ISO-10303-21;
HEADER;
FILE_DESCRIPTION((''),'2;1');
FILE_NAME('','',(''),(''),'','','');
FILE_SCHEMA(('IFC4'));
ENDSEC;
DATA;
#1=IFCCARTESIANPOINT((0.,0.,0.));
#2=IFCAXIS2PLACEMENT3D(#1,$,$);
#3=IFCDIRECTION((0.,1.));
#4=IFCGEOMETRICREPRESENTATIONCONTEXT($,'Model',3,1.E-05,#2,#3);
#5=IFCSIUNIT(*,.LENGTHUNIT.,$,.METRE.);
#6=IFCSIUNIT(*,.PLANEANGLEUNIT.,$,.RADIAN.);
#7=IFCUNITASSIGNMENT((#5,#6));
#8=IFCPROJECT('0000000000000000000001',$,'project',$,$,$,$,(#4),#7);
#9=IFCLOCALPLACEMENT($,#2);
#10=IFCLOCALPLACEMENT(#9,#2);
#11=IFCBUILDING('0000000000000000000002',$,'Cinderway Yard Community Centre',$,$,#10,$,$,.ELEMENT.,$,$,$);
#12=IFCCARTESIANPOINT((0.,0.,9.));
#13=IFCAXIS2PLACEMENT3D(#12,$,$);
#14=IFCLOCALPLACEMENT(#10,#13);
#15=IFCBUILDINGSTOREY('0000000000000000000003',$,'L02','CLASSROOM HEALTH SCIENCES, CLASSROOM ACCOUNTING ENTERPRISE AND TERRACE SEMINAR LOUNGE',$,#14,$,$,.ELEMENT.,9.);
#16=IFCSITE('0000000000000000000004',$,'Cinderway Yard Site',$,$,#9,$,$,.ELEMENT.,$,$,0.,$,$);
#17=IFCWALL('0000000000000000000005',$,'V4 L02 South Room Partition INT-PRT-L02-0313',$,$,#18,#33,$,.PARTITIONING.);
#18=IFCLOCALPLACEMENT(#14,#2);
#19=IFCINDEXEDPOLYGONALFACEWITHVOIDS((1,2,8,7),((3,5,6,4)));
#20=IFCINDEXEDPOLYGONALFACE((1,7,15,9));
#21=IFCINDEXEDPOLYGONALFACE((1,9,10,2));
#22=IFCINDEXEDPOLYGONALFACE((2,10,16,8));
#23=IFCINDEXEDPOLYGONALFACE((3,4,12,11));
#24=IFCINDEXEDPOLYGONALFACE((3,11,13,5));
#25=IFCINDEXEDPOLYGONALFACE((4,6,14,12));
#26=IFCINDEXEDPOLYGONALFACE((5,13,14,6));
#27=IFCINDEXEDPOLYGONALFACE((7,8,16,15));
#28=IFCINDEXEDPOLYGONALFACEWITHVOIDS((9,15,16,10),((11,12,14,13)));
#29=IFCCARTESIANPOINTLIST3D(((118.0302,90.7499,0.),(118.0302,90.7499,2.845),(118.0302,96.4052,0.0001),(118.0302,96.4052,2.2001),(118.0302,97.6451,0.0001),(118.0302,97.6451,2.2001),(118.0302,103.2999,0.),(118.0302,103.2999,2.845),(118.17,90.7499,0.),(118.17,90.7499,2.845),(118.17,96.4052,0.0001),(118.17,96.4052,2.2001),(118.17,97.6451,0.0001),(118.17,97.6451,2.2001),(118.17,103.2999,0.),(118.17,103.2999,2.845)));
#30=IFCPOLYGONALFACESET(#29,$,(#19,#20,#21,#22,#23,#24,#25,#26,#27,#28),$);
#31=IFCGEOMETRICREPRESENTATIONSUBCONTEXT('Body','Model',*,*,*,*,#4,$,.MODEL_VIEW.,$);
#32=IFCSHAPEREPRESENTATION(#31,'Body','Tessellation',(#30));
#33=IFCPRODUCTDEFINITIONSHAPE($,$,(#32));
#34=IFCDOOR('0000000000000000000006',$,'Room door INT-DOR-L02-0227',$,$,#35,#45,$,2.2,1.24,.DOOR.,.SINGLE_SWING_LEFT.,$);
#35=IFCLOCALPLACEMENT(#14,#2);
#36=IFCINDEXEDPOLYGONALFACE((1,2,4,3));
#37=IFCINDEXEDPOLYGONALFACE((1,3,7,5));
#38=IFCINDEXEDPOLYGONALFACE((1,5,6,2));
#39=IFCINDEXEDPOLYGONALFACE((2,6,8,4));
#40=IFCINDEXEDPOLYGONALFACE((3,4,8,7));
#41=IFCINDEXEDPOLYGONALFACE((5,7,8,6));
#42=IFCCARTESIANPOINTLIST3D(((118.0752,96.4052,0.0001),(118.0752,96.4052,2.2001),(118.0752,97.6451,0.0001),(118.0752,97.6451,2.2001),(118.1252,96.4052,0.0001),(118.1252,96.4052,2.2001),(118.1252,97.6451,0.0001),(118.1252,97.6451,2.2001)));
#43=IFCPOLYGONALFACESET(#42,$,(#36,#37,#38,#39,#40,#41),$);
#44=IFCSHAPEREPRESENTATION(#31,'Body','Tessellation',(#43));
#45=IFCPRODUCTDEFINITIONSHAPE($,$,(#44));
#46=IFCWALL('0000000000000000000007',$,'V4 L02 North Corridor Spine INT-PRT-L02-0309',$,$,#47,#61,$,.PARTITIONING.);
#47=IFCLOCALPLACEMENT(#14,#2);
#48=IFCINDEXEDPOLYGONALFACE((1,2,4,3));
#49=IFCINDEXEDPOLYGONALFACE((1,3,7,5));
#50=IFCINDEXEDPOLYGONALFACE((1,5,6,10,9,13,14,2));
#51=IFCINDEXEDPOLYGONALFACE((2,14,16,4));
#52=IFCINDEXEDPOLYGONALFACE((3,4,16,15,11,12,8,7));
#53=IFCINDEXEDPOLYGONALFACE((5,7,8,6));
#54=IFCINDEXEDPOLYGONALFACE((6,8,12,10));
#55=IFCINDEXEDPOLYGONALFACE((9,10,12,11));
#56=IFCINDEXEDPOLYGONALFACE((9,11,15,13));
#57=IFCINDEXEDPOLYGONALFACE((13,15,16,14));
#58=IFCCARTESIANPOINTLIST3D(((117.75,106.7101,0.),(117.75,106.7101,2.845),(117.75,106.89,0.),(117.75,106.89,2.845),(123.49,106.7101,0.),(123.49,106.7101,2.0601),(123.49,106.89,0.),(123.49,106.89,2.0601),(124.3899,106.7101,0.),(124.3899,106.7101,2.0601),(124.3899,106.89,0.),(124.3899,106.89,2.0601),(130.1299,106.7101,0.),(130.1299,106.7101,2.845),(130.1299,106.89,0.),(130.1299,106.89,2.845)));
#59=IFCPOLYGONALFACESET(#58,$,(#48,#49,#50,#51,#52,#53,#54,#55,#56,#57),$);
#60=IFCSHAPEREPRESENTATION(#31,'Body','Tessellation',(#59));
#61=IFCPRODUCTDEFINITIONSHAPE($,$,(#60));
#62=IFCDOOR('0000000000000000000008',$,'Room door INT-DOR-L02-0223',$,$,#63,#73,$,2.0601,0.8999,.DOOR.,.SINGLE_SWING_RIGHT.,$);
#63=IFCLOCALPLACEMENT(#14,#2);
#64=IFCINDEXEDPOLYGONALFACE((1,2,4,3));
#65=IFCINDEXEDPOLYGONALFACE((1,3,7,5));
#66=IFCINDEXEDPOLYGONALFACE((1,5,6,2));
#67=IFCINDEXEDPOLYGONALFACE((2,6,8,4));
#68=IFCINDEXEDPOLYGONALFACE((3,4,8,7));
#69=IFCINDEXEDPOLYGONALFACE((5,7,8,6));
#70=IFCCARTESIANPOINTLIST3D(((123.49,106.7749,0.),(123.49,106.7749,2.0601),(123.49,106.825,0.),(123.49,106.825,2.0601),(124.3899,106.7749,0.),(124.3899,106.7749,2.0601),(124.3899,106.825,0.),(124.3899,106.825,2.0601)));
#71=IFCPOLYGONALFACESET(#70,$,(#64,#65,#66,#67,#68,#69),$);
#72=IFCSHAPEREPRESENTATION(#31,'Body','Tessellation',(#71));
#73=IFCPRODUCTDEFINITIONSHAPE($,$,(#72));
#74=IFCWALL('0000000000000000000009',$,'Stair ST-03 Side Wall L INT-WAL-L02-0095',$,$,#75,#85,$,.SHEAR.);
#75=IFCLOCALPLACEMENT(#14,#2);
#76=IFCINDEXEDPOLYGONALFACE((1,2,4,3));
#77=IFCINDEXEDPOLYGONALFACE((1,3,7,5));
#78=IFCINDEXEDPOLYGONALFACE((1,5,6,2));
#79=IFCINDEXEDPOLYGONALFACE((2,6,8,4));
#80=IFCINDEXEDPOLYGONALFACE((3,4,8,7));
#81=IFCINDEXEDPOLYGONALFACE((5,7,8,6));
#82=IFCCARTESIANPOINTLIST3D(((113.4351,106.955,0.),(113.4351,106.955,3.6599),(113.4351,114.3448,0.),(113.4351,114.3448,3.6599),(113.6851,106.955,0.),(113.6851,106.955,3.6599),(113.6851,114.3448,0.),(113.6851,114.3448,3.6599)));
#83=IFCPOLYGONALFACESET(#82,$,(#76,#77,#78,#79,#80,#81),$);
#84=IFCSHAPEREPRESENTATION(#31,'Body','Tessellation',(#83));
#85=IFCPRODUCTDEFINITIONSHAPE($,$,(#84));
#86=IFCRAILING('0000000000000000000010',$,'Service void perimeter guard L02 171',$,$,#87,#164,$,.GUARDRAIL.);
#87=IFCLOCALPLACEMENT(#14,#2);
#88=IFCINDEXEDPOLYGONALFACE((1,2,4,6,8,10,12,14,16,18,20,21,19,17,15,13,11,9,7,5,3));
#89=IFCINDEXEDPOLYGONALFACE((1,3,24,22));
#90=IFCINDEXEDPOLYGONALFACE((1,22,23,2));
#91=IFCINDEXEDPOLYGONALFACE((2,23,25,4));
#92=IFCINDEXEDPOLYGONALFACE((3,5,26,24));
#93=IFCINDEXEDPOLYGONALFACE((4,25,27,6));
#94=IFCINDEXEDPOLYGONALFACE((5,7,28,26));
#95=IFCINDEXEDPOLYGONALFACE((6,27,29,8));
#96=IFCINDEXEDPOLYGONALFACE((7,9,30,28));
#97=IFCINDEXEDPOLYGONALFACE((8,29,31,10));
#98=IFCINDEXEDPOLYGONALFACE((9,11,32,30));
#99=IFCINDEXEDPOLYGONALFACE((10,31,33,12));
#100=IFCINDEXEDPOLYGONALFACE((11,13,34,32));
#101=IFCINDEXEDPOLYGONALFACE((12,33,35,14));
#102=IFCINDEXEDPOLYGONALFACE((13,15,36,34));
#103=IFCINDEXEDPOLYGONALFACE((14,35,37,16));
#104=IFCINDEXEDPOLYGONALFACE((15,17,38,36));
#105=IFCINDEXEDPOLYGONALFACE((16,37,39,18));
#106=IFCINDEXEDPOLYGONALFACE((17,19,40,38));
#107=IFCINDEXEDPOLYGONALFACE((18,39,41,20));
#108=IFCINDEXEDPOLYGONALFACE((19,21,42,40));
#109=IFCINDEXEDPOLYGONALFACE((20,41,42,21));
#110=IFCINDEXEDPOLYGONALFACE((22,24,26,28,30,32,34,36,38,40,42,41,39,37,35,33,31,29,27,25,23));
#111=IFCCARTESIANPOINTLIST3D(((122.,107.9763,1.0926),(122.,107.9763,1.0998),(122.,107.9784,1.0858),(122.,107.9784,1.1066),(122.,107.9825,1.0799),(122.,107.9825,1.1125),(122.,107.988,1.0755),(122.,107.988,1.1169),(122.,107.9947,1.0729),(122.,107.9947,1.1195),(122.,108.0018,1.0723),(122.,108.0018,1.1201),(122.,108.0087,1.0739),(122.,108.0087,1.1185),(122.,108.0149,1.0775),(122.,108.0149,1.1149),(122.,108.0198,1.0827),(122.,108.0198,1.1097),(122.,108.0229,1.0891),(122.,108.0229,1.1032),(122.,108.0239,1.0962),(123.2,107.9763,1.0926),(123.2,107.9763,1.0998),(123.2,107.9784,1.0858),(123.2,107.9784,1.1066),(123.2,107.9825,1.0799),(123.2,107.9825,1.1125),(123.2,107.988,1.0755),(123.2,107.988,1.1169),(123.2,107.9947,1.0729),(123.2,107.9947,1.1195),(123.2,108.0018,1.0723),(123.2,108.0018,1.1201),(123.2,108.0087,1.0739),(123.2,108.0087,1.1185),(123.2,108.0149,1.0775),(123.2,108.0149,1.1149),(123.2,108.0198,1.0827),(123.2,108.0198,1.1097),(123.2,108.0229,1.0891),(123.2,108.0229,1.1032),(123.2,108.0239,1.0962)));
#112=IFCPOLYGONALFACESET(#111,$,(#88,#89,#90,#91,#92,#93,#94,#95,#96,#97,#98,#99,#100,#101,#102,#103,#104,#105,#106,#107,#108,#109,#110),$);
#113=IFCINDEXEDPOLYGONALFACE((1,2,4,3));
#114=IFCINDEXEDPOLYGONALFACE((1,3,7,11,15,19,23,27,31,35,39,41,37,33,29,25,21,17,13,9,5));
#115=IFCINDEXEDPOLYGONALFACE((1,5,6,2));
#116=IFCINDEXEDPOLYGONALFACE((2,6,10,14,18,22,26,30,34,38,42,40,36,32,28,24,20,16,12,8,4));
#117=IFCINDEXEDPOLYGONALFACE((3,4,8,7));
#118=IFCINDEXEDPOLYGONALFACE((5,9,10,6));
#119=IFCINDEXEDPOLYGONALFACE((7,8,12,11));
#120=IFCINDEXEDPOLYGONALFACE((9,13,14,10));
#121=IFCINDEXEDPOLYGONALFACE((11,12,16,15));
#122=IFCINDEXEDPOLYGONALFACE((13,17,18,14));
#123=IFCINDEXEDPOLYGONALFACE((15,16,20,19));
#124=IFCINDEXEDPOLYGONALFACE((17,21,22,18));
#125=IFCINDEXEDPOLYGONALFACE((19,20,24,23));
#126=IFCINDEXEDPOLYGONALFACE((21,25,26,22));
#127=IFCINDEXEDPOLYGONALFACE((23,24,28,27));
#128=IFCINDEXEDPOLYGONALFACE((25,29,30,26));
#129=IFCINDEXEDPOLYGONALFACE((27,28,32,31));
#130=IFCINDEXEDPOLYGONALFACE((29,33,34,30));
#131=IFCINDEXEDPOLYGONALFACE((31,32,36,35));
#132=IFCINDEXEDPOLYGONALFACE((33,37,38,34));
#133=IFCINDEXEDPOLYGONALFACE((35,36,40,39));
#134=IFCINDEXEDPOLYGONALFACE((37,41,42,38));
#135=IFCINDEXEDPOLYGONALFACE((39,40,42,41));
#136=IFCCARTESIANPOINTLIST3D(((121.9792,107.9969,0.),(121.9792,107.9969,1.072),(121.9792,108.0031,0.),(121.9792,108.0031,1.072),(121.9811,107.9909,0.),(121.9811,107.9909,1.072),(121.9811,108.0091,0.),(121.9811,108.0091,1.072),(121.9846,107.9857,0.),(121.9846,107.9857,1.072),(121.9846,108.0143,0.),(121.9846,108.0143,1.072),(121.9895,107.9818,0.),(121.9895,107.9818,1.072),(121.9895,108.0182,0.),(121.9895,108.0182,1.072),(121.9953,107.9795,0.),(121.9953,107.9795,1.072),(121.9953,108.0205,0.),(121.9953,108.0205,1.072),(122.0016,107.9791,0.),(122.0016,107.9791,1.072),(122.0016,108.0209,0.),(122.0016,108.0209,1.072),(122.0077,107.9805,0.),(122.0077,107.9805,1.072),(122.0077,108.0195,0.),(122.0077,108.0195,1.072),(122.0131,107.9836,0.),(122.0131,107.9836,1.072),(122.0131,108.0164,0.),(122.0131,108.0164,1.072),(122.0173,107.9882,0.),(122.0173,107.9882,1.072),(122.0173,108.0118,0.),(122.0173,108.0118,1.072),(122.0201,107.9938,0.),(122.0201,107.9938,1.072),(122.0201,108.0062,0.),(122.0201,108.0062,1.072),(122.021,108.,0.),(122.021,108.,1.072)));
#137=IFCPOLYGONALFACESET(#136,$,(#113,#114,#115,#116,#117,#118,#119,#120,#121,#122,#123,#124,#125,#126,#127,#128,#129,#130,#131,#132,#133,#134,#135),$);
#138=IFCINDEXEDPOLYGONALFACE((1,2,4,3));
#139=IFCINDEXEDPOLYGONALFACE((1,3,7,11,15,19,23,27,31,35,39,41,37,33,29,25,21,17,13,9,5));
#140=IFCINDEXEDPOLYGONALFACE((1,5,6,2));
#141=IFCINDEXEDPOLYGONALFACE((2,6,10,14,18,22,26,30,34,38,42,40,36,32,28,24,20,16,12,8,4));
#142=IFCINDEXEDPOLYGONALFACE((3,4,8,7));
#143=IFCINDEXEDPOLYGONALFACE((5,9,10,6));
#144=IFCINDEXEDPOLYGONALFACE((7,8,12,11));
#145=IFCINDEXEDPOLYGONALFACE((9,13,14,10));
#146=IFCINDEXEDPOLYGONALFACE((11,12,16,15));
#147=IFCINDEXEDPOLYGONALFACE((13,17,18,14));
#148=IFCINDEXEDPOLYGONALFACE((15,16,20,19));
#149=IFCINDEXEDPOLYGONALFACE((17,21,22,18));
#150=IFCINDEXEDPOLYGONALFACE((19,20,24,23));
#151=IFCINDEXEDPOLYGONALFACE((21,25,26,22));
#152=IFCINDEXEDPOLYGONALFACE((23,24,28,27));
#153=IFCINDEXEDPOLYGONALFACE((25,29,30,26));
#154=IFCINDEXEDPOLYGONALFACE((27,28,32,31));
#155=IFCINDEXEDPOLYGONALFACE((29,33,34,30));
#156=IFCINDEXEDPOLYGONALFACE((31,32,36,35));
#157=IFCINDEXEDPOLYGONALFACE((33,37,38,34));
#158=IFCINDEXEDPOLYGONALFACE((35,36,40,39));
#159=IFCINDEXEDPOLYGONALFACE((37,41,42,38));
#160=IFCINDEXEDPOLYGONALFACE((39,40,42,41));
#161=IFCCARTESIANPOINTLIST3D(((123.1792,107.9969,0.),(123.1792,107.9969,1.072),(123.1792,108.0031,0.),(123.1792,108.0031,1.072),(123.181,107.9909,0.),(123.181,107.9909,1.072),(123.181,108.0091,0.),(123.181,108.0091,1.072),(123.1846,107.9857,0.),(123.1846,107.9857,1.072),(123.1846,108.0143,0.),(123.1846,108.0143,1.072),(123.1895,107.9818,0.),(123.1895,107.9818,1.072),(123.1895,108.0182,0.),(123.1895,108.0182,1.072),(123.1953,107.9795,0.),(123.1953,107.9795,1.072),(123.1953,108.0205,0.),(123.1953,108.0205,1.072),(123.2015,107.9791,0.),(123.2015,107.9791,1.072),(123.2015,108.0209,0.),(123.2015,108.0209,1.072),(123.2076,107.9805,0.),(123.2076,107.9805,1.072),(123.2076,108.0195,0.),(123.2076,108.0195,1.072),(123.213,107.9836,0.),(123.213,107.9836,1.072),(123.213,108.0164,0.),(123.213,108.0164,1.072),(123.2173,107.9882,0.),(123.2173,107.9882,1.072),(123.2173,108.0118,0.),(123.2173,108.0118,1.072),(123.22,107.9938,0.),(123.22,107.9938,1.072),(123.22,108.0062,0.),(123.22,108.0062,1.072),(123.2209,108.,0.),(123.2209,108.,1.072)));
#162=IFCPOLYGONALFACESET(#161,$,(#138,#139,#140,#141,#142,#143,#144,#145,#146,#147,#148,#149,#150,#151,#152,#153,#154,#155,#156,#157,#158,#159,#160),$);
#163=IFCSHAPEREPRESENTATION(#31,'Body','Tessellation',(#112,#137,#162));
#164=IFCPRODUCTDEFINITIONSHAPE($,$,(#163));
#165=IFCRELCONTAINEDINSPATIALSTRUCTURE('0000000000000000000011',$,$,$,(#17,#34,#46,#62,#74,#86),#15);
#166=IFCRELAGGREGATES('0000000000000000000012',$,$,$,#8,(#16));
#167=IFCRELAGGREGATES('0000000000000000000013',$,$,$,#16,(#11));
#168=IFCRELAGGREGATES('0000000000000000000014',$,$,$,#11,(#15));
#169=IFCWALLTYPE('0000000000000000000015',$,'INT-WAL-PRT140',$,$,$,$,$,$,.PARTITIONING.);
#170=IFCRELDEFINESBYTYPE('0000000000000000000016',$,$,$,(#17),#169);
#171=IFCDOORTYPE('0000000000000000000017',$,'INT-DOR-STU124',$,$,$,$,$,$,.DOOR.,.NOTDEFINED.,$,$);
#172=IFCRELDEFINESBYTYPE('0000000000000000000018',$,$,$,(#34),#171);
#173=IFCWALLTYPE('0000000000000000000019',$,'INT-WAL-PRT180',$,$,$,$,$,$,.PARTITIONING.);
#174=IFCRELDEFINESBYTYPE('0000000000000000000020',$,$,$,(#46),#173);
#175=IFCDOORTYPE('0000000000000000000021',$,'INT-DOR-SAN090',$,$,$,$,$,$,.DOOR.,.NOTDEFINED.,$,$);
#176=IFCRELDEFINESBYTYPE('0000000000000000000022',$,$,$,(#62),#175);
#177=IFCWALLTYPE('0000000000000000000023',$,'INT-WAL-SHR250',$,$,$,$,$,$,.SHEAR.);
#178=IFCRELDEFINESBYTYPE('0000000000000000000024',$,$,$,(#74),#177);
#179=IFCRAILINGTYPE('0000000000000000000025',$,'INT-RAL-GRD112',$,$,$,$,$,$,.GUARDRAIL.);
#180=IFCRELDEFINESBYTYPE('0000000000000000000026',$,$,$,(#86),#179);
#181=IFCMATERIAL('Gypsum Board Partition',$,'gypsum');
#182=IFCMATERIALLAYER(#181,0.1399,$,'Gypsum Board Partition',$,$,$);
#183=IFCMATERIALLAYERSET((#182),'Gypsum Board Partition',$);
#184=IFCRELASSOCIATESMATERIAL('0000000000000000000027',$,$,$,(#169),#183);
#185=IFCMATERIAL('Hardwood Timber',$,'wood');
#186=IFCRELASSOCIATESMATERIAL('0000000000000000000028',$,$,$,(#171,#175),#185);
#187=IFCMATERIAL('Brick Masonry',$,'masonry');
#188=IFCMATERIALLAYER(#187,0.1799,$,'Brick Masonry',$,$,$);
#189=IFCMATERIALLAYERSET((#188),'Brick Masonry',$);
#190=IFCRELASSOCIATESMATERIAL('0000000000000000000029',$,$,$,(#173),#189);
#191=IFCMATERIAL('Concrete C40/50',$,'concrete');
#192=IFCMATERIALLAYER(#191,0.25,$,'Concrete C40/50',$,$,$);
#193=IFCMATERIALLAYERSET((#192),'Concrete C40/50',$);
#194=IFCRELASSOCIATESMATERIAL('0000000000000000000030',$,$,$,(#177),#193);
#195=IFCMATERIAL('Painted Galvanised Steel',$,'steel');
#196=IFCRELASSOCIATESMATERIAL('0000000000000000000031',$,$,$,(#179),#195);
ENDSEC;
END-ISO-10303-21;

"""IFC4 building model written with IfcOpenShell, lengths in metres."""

from ifc_helpers import new_model, si_unit, direction, frame, frame_2d, origin, origin_2d, place, context, subcontext, project, spatial, rectangle, circle, extrude, material, layer, layer_set, type_object, element, fill, save


model = new_model("IFC4")

# Units and contexts
model_context = context("Model", 3, precision=1e-05, world=origin(), true_north=direction((0.0, 1.0)))
body_context = subcontext(model_context, "Body", "Model", "MODEL_VIEW")
ifc_project = project(units=[si_unit("LENGTHUNIT", "METRE"), si_unit("PLANEANGLEUNIT", "RADIAN")], contexts=[model_context])

# Site, building, storey
site_placement = place(None, origin())
site = spatial("IfcSite", under=ifc_project, at=site_placement, Name="Cinderway Yard Site", CompositionType="ELEMENT", RefElevation=0.0)
building_placement = place(site_placement, origin())
building = spatial("IfcBuilding", under=site, at=building_placement, Name="Cinderway Yard Community Centre", CompositionType="ELEMENT")
storey_placement = place(building_placement, frame((0.0, 0.0, 9.0)))
storey = spatial("IfcBuildingStorey", under=building, at=storey_placement, Name="L02", Description="CLASSROOM HEALTH SCIENCES, CLASSROOM ACCOUNTING ENTERPRISE AND TERRACE SEMINAR LOUNGE", CompositionType="ELEMENT", Elevation=9.0)

# Shared definitions
ifc_material_1 = material(Name="Concrete C40/50", Category="concrete")

# Walls, openings, doors
ifc_material_2 = material(Name="Gypsum Board Partition", Category="gypsum")
ifc_layer_1 = layer(ifc_material_2, 0.1399, Name="Gypsum Board Partition")
ifc_layer_set_1 = layer_set([ifc_layer_1], Name="Gypsum Board Partition")
wall_type_1 = type_object("IfcWallType", Name="INT-WAL-PRT140", PredefinedType="PARTITIONING", material=ifc_layer_set_1)
wall_1_placement = place(storey_placement, frame((118.1001, 90.75, 0.0), z_axis=(0.0, 0.0, 1.0), x_axis=(0.0, 1.0, 0.0)))
wall_1 = element("IfcWall", 1, at=wall_1_placement, inside=storey, type_object=wall_type_1, Name="V4 L02 South Room Partition INT-PRT-L02-0313", PredefinedType="PARTITIONING", context=body_context, shape_type="SweptSolid", body=[
    extrude(rectangle(XDim=12.55, YDim=0.1399, at=frame_2d((6.2749, 0.0))), origin(), (0.0, 0.0, 1.0), 2.845),
])
opening_1_placement = place(wall_1_placement, frame((5.655, 0.0, 0.0)))
opening_1 = element("IfcOpeningElement", 2, at=opening_1_placement, cuts=wall_1, PredefinedType="OPENING", context=body_context, shape_type="SweptSolid", body=[
    extrude(rectangle(XDim=1.24, YDim=2.2, at=frame_2d((0.6201, 1.1001))), frame((0.0, 0.0798, 0.0), z_axis=(0.0, -1.0, 0.0), x_axis=(1.0, 0.0, 0.0)), (0.0, 0.0, 1.0), 0.1599),
])
ifc_material_3 = material(Name="Hardwood Timber", Category="wood")
door_type_1 = type_object("IfcDoorType", Name="INT-DOR-STU124", OperationType="NOTDEFINED", PredefinedType="DOOR", material=ifc_material_3)
door_1_placement = place(opening_1_placement, origin())
door_1 = element("IfcDoor", 3, at=door_1_placement, inside=storey, type_object=door_type_1, Name="Room door INT-DOR-L02-0227", OperationType="SINGLE_SWING_LEFT", OverallHeight=2.2, OverallWidth=1.24, PredefinedType="DOOR", context=body_context, shape_type="SweptSolid", body=[
    extrude(rectangle(XDim=1.24, YDim=2.2, at=frame_2d((0.6201, 1.1001))), frame((0.0, 0.0249, 0.0), z_axis=(0.0, -1.0, 0.0), x_axis=(1.0, 0.0, 0.0)), (0.0, 0.0, 1.0), 0.05),
])
fill(opening_1, door_1)
ifc_material_4 = material(Name="Brick Masonry", Category="masonry")
ifc_layer_2 = layer(ifc_material_4, 0.1799, Name="Brick Masonry")
ifc_layer_set_2 = layer_set([ifc_layer_2], Name="Brick Masonry")
wall_type_2 = type_object("IfcWallType", Name="INT-WAL-PRT180", PredefinedType="PARTITIONING", material=ifc_layer_set_2)
wall_2_placement = place(storey_placement, frame((117.75, 106.8, 0.0), z_axis=(0.0, 0.0, 1.0), x_axis=(1.0, 0.0, 0.0)))
wall_2 = element("IfcWall", 4, at=wall_2_placement, inside=storey, type_object=wall_type_2, Name="V4 L02 North Corridor Spine INT-PRT-L02-0309", PredefinedType="PARTITIONING", context=body_context, shape_type="SweptSolid", body=[
    extrude(rectangle(XDim=12.3799, YDim=0.1799, at=frame_2d((6.1899, 0.0))), origin(), (0.0, 0.0, 1.0), 2.845),
])
opening_2_placement = place(wall_2_placement, frame((5.74, 0.0, 0.0)))
opening_2 = element("IfcOpeningElement", 5, at=opening_2_placement, cuts=wall_2, PredefinedType="OPENING", context=body_context, shape_type="SweptSolid", body=[
    extrude(rectangle(XDim=0.8999, YDim=2.0601, at=frame_2d((0.45, 1.03))), frame((0.0, 0.0999, 0.0), z_axis=(0.0, -1.0, 0.0), x_axis=(1.0, 0.0, 0.0)), (0.0, 0.0, 1.0), 0.2),
])
door_type_2 = type_object("IfcDoorType", Name="INT-DOR-SAN090", OperationType="NOTDEFINED", PredefinedType="DOOR", material=ifc_material_3)
door_2_placement = place(opening_2_placement, origin())
door_2 = element("IfcDoor", 6, at=door_2_placement, inside=storey, type_object=door_type_2, Name="Room door INT-DOR-L02-0223", OperationType="SINGLE_SWING_RIGHT", OverallHeight=2.0601, OverallWidth=0.8999, PredefinedType="DOOR", context=body_context, shape_type="SweptSolid", body=[
    extrude(rectangle(XDim=0.8999, YDim=2.0601, at=frame_2d((0.45, 1.03))), frame((0.0, 0.0249, 0.0), z_axis=(0.0, -1.0, 0.0), x_axis=(1.0, 0.0, 0.0)), (0.0, 0.0, 1.0), 0.05),
])
fill(opening_2, door_2)
ifc_layer_3 = layer(ifc_material_1, 0.25, Name="Concrete C40/50")
ifc_layer_set_3 = layer_set([ifc_layer_3], Name="Concrete C40/50")
wall_type_3 = type_object("IfcWallType", Name="INT-WAL-SHR250", PredefinedType="SHEAR", material=ifc_layer_set_3)
ifc_material_5 = material(Name="Painted Galvanised Steel", Category="steel")

# Wall
wall_3_placement = place(storey_placement, frame((113.5601, 106.9551, 0.0), z_axis=(0.0, 0.0, 1.0), x_axis=(0.0, 1.0, 0.0)))
element("IfcWall", 7, at=wall_3_placement, inside=storey, type_object=wall_type_3, Name="Stair ST-03 Side Wall L INT-WAL-L02-0095", PredefinedType="SHEAR", context=body_context, shape_type="SweptSolid", body=[
    extrude(rectangle(XDim=7.3899, YDim=0.25, at=frame_2d((3.6948, 0.0))), origin(), (0.0, 0.0, 1.0), 3.6599),
])

# Railing
railing_type = type_object("IfcRailingType", Name="INT-RAL-GRD112", PredefinedType="GUARDRAIL", material=ifc_material_5)
railing_1_placement = place(storey_placement, frame((122.0, 108.0, 0.0)))
element("IfcRailing", 8, at=railing_1_placement, inside=storey, type_object=railing_type, Name="Service void perimeter guard L02 171", PredefinedType="GUARDRAIL", context=body_context, shape_type="SweptSolid", body=[
    extrude(circle(Radius=0.0239, at=origin_2d()), frame((0.0, 0.0, 1.0962), z_axis=(1.0, 0.0, 0.0), x_axis=(0.0, 1.0, 0.0)), (0.0, 0.0, 1.0), 1.2),
    extrude(circle(Radius=0.021, at=origin_2d()), origin(), (0.0, 0.0, 1.0), 1.072),
    extrude(circle(Radius=0.021, at=origin_2d()), frame((1.2, 0.0, 0.0)), (0.0, 0.0, 1.0), 1.072),
])

save(model, "model.ifc")
